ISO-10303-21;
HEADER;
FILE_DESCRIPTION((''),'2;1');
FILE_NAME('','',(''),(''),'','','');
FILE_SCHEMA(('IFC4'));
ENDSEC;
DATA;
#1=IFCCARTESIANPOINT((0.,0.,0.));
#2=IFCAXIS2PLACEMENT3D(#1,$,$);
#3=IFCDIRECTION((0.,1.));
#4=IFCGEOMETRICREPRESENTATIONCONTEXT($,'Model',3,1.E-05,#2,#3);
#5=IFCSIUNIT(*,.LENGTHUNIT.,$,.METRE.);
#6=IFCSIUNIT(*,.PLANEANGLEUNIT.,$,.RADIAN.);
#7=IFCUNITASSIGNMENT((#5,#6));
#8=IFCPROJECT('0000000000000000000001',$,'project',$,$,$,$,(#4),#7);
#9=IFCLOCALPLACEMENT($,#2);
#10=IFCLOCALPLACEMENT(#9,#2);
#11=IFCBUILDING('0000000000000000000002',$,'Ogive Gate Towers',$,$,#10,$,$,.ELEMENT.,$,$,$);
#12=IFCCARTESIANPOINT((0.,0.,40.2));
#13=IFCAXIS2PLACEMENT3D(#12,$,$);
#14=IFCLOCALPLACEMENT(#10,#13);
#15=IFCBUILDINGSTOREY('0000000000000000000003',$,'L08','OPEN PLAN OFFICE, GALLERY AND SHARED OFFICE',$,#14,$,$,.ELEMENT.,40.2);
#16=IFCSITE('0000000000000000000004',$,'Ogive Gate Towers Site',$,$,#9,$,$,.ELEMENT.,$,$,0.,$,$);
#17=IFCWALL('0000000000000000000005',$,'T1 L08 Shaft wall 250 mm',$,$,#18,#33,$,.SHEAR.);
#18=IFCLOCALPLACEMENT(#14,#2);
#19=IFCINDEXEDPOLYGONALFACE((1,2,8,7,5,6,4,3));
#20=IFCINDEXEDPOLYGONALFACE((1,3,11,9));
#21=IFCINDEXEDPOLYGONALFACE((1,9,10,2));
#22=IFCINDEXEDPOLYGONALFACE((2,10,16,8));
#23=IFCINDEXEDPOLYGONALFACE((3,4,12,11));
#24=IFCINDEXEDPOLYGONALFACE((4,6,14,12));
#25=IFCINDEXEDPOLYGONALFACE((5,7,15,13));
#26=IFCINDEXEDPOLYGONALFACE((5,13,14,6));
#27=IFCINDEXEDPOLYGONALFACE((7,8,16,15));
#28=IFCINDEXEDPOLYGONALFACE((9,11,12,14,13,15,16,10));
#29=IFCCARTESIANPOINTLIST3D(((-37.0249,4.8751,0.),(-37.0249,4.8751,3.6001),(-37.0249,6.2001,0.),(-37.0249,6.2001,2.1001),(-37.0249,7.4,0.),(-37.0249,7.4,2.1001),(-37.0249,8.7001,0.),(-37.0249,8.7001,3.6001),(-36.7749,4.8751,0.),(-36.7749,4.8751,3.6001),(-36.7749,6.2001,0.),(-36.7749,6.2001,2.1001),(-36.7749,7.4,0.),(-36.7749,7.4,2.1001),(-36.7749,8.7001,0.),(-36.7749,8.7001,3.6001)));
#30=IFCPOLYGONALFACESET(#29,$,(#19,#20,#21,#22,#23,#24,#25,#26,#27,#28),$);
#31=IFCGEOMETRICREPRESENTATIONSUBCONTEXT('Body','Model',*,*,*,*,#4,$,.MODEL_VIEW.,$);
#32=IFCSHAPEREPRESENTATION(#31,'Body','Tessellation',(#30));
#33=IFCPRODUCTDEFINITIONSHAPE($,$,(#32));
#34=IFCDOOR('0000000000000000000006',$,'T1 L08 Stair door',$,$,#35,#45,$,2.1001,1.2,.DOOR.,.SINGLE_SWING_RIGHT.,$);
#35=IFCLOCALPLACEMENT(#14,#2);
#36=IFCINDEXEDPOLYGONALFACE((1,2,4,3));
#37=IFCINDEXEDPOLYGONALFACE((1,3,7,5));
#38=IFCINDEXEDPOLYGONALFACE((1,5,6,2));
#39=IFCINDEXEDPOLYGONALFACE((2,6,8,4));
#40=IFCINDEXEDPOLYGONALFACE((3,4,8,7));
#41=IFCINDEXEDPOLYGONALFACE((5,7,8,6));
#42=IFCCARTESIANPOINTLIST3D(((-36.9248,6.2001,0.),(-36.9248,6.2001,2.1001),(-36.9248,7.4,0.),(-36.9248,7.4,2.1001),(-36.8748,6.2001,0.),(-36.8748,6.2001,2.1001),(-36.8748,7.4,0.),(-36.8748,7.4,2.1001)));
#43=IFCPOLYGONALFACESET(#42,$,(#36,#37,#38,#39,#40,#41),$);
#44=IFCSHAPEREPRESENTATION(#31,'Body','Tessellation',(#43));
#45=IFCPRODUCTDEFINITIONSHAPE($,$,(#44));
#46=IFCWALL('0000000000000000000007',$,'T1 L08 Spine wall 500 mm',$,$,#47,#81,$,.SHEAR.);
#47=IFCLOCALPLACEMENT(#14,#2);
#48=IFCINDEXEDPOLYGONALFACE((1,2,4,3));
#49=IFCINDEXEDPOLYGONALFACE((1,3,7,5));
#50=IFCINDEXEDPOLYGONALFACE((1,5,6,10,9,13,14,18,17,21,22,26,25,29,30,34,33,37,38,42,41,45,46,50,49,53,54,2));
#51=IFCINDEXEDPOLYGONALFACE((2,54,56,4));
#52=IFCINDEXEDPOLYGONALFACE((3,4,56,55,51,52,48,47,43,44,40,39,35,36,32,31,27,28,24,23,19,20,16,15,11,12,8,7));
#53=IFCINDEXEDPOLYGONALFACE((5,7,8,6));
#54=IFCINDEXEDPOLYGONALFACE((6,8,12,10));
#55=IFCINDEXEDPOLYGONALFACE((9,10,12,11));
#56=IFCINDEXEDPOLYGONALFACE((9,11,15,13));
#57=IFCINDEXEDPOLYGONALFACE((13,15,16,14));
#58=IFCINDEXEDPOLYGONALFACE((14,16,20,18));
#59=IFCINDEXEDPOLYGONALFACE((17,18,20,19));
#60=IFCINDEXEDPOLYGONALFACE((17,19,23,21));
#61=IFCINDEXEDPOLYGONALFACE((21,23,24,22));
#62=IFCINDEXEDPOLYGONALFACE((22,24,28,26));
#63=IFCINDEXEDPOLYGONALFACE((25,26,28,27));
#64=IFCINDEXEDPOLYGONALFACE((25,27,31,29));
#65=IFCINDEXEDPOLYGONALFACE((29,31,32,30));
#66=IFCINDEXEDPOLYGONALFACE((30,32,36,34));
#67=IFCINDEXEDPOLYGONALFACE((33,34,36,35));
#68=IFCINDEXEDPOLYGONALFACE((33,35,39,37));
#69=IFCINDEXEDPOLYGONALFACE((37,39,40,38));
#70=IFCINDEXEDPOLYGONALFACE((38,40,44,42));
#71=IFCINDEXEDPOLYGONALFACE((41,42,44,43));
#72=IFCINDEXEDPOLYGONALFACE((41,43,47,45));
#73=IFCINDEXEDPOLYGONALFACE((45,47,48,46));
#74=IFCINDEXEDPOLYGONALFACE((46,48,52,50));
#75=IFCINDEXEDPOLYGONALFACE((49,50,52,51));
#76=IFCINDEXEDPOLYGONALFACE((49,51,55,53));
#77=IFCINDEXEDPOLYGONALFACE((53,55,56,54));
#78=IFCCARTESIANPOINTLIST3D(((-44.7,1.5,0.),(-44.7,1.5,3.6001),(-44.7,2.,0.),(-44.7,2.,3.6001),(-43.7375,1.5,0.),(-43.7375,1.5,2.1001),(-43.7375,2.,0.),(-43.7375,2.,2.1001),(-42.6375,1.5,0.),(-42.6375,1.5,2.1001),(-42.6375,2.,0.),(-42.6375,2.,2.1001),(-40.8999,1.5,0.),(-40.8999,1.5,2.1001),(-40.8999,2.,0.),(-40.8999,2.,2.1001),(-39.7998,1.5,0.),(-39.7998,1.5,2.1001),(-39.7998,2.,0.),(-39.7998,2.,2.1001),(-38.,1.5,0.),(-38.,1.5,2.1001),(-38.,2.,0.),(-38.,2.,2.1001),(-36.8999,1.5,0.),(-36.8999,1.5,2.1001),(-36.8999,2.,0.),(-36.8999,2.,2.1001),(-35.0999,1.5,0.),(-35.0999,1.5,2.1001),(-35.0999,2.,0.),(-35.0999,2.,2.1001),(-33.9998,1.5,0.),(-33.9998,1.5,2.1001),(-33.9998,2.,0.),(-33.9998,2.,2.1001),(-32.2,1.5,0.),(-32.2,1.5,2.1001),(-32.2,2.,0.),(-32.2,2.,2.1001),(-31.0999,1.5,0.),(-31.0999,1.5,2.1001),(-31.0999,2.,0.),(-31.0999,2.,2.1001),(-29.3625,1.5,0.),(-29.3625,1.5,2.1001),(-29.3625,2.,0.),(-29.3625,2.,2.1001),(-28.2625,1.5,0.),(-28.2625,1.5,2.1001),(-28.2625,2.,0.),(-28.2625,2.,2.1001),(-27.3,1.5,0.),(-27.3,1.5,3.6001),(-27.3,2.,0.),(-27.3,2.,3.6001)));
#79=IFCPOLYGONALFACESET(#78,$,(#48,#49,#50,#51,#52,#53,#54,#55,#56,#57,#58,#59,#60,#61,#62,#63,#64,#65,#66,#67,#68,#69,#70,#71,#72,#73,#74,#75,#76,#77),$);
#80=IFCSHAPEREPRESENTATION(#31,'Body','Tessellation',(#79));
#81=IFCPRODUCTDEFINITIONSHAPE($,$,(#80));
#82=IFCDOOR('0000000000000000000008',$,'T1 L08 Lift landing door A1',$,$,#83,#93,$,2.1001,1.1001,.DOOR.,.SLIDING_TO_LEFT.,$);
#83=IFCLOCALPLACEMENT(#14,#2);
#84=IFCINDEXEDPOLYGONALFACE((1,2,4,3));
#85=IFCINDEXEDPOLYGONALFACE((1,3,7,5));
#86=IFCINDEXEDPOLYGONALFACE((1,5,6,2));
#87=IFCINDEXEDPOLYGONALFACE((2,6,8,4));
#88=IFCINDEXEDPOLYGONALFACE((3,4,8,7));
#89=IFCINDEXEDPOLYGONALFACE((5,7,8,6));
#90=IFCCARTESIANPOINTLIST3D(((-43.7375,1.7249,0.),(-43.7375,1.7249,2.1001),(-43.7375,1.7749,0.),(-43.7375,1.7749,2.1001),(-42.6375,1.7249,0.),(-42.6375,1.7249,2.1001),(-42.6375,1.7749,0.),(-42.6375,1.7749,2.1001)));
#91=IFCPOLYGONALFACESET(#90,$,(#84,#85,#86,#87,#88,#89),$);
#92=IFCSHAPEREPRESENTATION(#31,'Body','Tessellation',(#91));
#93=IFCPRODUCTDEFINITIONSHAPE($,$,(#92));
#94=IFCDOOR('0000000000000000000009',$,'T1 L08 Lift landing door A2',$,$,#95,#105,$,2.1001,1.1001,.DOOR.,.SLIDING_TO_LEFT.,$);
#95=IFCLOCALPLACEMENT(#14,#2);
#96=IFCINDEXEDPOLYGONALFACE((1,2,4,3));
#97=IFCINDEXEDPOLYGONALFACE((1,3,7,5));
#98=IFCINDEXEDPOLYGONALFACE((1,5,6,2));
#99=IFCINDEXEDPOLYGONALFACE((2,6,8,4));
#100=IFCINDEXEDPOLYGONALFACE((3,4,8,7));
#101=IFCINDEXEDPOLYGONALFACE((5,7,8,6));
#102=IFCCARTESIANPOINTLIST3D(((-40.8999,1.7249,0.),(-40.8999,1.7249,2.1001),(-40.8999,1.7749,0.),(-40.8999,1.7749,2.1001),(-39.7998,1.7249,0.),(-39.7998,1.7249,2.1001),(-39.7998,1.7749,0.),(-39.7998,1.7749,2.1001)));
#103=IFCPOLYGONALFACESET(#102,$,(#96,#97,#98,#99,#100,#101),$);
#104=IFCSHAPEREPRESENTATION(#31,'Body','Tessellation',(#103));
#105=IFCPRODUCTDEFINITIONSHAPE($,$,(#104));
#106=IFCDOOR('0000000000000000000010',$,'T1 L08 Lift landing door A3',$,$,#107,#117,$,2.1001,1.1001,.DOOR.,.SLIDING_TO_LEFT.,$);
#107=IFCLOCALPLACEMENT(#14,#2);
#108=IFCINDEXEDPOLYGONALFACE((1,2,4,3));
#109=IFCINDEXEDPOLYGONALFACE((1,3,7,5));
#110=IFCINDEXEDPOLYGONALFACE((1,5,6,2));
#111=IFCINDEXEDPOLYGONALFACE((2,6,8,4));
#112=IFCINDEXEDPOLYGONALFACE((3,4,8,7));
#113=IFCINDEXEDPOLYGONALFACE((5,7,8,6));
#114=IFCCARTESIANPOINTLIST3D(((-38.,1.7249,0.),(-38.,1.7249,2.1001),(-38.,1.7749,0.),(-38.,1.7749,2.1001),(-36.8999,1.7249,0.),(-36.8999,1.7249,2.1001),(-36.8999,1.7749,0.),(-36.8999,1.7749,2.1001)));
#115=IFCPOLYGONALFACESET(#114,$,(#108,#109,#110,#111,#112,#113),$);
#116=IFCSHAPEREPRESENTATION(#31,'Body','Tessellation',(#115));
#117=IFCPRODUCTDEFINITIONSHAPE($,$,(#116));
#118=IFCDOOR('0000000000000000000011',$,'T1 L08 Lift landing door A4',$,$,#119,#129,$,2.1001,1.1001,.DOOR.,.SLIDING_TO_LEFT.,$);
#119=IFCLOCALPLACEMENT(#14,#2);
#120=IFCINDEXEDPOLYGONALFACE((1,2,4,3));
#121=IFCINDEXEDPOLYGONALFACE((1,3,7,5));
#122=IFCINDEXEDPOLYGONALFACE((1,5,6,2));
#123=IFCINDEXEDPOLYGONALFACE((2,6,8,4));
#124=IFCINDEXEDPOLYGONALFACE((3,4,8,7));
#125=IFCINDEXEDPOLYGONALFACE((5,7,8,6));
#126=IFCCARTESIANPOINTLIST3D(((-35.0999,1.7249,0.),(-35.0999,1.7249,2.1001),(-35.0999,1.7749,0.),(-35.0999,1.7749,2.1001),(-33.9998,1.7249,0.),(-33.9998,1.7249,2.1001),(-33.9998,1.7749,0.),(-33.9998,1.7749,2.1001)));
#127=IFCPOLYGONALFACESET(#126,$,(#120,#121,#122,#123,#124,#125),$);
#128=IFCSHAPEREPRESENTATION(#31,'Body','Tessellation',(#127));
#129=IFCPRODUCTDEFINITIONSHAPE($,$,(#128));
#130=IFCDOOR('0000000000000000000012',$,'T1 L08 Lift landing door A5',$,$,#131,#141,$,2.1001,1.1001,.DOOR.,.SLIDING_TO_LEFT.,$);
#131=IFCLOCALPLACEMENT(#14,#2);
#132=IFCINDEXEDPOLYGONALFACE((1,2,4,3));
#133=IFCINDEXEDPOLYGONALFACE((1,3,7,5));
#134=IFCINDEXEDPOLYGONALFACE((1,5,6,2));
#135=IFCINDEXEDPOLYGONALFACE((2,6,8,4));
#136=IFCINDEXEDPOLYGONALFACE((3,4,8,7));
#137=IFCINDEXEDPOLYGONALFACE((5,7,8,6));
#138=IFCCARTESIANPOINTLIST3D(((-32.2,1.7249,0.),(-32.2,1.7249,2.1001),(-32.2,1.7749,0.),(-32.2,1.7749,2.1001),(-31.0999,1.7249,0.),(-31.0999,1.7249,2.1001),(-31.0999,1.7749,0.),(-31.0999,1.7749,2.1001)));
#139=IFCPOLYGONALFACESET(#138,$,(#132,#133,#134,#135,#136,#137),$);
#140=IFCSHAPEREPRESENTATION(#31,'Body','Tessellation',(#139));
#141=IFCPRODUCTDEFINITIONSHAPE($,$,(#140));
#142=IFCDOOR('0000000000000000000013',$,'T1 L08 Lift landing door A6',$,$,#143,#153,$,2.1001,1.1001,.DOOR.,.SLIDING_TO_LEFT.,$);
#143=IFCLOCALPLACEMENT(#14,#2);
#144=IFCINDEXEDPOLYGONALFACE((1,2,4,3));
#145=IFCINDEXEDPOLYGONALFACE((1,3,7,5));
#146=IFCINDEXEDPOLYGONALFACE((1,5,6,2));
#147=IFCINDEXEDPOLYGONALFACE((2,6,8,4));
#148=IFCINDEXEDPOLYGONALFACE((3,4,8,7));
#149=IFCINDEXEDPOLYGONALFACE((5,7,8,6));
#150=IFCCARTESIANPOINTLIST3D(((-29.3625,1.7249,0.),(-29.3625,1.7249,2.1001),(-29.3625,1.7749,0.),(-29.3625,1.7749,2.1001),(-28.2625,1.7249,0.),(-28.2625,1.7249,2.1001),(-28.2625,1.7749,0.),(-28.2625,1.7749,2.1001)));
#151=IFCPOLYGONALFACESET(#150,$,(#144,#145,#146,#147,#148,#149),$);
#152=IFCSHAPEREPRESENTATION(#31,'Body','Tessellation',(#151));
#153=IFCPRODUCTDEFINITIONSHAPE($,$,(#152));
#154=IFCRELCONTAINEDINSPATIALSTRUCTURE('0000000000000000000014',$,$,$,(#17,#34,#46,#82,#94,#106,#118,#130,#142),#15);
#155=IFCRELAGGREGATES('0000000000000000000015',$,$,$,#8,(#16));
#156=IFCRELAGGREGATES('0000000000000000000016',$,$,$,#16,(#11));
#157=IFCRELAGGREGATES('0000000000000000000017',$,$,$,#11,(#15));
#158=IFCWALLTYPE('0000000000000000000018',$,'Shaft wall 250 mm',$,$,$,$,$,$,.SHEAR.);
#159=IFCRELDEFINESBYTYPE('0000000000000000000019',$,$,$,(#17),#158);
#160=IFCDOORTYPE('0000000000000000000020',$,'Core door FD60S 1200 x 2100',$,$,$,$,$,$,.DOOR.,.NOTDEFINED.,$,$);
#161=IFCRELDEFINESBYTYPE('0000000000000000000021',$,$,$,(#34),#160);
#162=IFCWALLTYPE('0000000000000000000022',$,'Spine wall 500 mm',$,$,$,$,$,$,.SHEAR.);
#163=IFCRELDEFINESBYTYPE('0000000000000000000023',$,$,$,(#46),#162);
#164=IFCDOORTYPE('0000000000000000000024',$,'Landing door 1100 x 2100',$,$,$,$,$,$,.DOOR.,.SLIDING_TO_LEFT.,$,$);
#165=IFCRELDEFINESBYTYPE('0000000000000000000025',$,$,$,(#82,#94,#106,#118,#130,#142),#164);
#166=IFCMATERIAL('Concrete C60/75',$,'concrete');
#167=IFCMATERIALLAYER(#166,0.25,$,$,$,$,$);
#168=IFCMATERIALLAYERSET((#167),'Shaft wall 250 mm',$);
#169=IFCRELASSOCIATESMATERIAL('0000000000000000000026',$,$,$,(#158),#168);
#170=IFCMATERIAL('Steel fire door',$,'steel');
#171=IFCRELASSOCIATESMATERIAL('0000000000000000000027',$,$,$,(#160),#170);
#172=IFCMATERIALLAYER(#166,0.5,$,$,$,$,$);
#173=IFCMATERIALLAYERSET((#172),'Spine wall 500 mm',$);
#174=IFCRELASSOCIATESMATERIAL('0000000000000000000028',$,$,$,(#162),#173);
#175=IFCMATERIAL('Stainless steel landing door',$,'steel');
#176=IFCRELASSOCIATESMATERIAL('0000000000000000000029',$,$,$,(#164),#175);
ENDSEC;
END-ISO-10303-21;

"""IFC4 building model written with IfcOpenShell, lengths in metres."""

from ifc_helpers import new_model, si_unit, direction, frame, frame_2d, origin, place, context, subcontext, project, spatial, rectangle, extrude, material, layer, layer_set, type_object, element, fill, save


model = new_model("IFC4")

# Units and contexts
model_context = context("Model", 3, precision=1e-05, world=origin(), true_north=direction((0.0, 1.0)))
body_context = subcontext(model_context, "Body", "Model", "MODEL_VIEW")
ifc_project = project(units=[si_unit("LENGTHUNIT", "METRE"), si_unit("PLANEANGLEUNIT", "RADIAN")], contexts=[model_context])

# Site, building, storey
site_placement = place(None, origin())
site = spatial("IfcSite", under=ifc_project, at=site_placement, Name="Ogive Gate Towers Site", CompositionType="ELEMENT", RefElevation=0.0)
building_placement = place(site_placement, origin())
building = spatial("IfcBuilding", under=site, at=building_placement, Name="Ogive Gate Towers", CompositionType="ELEMENT")
storey_placement = place(building_placement, frame((0.0, 0.0, 40.2)))
storey = spatial("IfcBuildingStorey", under=building, at=storey_placement, Name="L08", Description="OPEN PLAN OFFICE, GALLERY AND SHARED OFFICE", CompositionType="ELEMENT", Elevation=40.2)

# Shared definitions
ifc_material_1 = material(Name="Concrete C60/75", Category="concrete")
ifc_layer_1 = layer(ifc_material_1, 0.25)
ifc_layer_set_1 = layer_set([ifc_layer_1], Name="Shaft wall 250 mm")
wall_type_1 = type_object("IfcWallType", Name="Shaft wall 250 mm", PredefinedType="SHEAR", material=ifc_layer_set_1)

# Wall, opening, door
wall_1_placement = place(storey_placement, frame((-36.8999, 4.875, 0.0), z_axis=(0.0, 0.0, 1.0), x_axis=(0.0, 1.0, 0.0)))
wall_1 = element("IfcWall", 1, at=wall_1_placement, inside=storey, type_object=wall_type_1, Name="T1 L08 Shaft wall 250 mm", PredefinedType="SHEAR", context=body_context, shape_type="SweptSolid", body=[
    extrude(rectangle(XDim=3.825, YDim=0.25, at=frame_2d((1.9126, 0.0))), origin(), (0.0, 0.0, 1.0), 3.6001),
])
opening_1_placement = place(wall_1_placement, frame((1.325, 0.0, 0.0)))
opening_1 = element("IfcOpeningElement", 2, at=opening_1_placement, cuts=wall_1, PredefinedType="OPENING", context=body_context, shape_type="SweptSolid", body=[
    extrude(rectangle(XDim=1.2, YDim=2.1001, at=frame_2d((0.6001, 1.05))), frame((0.0, 0.135, 0.0), z_axis=(0.0, -1.0, 0.0), x_axis=(1.0, 0.0, 0.0)), (0.0, 0.0, 1.0), 0.27),
])
ifc_material_2 = material(Name="Steel fire door", Category="steel")
door_type_1 = type_object("IfcDoorType", Name="Core door FD60S 1200 x 2100", OperationType="NOTDEFINED", PredefinedType="DOOR", material=ifc_material_2)
door_1_placement = place(opening_1_placement, origin())
door_1 = element("IfcDoor", 3, at=door_1_placement, inside=storey, type_object=door_type_1, Name="T1 L08 Stair door", OperationType="SINGLE_SWING_RIGHT", OverallHeight=2.1001, OverallWidth=1.2, PredefinedType="DOOR", context=body_context, shape_type="SweptSolid", body=[
    extrude(rectangle(XDim=1.2, YDim=2.1001, at=frame_2d((0.6001, 1.05))), frame((0.0, 0.0249, 0.0), z_axis=(0.0, -1.0, 0.0), x_axis=(1.0, 0.0, 0.0)), (0.0, 0.0, 1.0), 0.05),
])
fill(opening_1, door_1)

# Wall, openings, doors
ifc_layer_2 = layer(ifc_material_1, 0.5)
ifc_layer_set_2 = layer_set([ifc_layer_2], Name="Spine wall 500 mm")
wall_type_2 = type_object("IfcWallType", Name="Spine wall 500 mm", PredefinedType="SHEAR", material=ifc_layer_set_2)
wall_2_placement = place(storey_placement, frame((-44.7, 1.75, 0.0), z_axis=(0.0, 0.0, 1.0), x_axis=(1.0, 0.0, 0.0)))
wall_2 = element("IfcWall", 4, at=wall_2_placement, inside=storey, type_object=wall_type_2, Name="T1 L08 Spine wall 500 mm", PredefinedType="SHEAR", context=body_context, shape_type="SweptSolid", body=[
    extrude(rectangle(XDim=17.3999, YDim=0.5, at=frame_2d((8.7, 0.0))), origin(), (0.0, 0.0, 1.0), 3.6001),
])
opening_2_placement = place(wall_2_placement, frame((0.9624, 0.0, 0.0)))
opening_2 = element("IfcOpeningElement", 5, at=opening_2_placement, cuts=wall_2, PredefinedType="OPENING", context=body_context, shape_type="SweptSolid", body=[
    extrude(rectangle(XDim=1.1001, YDim=2.1001, at=frame_2d((0.55, 1.05))), frame((0.0, 0.26, 0.0), z_axis=(0.0, -1.0, 0.0), x_axis=(1.0, 0.0, 0.0)), (0.0, 0.0, 1.0), 0.52),
])
opening_3_placement = place(wall_2_placement, frame((3.8, 0.0, 0.0)))
opening_3 = element("IfcOpeningElement", 6, at=opening_3_placement, cuts=wall_2, PredefinedType="OPENING", context=body_context, shape_type="SweptSolid", body=[
    extrude(rectangle(XDim=1.1001, YDim=2.1001, at=frame_2d((0.55, 1.05))), frame((0.0, 0.26, 0.0), z_axis=(0.0, -1.0, 0.0), x_axis=(1.0, 0.0, 0.0)), (0.0, 0.0, 1.0), 0.52),
])
opening_4_placement = place(wall_2_placement, frame((6.7, 0.0, 0.0)))
opening_4 = element("IfcOpeningElement", 7, at=opening_4_placement, cuts=wall_2, PredefinedType="OPENING", context=body_context, shape_type="SweptSolid", body=[
    extrude(rectangle(XDim=1.1001, YDim=2.1001, at=frame_2d((0.55, 1.05))), frame((0.0, 0.26, 0.0), z_axis=(0.0, -1.0, 0.0), x_axis=(1.0, 0.0, 0.0)), (0.0, 0.0, 1.0), 0.52),
])
opening_5_placement = place(wall_2_placement, frame((9.6001, 0.0, 0.0)))
opening_5 = element("IfcOpeningElement", 8, at=opening_5_placement, cuts=wall_2, PredefinedType="OPENING", context=body_context, shape_type="SweptSolid", body=[
    extrude(rectangle(XDim=1.1001, YDim=2.1001, at=frame_2d((0.55, 1.05))), frame((0.0, 0.26, 0.0), z_axis=(0.0, -1.0, 0.0), x_axis=(1.0, 0.0, 0.0)), (0.0, 0.0, 1.0), 0.52),
])
opening_6_placement = place(wall_2_placement, frame((12.5, 0.0, 0.0)))
opening_6 = element("IfcOpeningElement", 9, at=opening_6_placement, cuts=wall_2, PredefinedType="OPENING", context=body_context, shape_type="SweptSolid", body=[
    extrude(rectangle(XDim=1.1001, YDim=2.1001, at=frame_2d((0.55, 1.05))), frame((0.0, 0.26, 0.0), z_axis=(0.0, -1.0, 0.0), x_axis=(1.0, 0.0, 0.0)), (0.0, 0.0, 1.0), 0.52),
])
opening_7_placement = place(wall_2_placement, frame((15.3374, 0.0, 0.0)))
opening_7 = element("IfcOpeningElement", 10, at=opening_7_placement, cuts=wall_2, PredefinedType="OPENING", context=body_context, shape_type="SweptSolid", body=[
    extrude(rectangle(XDim=1.1001, YDim=2.1001, at=frame_2d((0.55, 1.05))), frame((0.0, 0.26, 0.0), z_axis=(0.0, -1.0, 0.0), x_axis=(1.0, 0.0, 0.0)), (0.0, 0.0, 1.0), 0.52),
])
ifc_material_3 = material(Name="Stainless steel landing door", Category="steel")
door_type_2 = type_object("IfcDoorType", Name="Landing door 1100 x 2100", OperationType="SLIDING_TO_LEFT", PredefinedType="DOOR", material=ifc_material_3)
door_2_placement = place(opening_2_placement, origin())
door_2 = element("IfcDoor", 11, at=door_2_placement, inside=storey, type_object=door_type_2, Name="T1 L08 Lift landing door A1", OperationType="SLIDING_TO_LEFT", OverallHeight=2.1001, OverallWidth=1.1001, PredefinedType="DOOR", context=body_context, shape_type="SweptSolid", body=[
    extrude(rectangle(XDim=1.1001, YDim=2.1001, at=frame_2d((0.55, 1.05))), frame((0.0, 0.0249, 0.0), z_axis=(0.0, -1.0, 0.0), x_axis=(1.0, 0.0, 0.0)), (0.0, 0.0, 1.0), 0.05),
])
fill(opening_2, door_2)
door_3_placement = place(opening_3_placement, origin())
door_3 = element("IfcDoor", 12, at=door_3_placement, inside=storey, type_object=door_type_2, Name="T1 L08 Lift landing door A2", OperationType="SLIDING_TO_LEFT", OverallHeight=2.1001, OverallWidth=1.1001, PredefinedType="DOOR", context=body_context, shape_type="SweptSolid", body=[
    extrude(rectangle(XDim=1.1001, YDim=2.1001, at=frame_2d((0.55, 1.05))), frame((0.0, 0.0249, 0.0), z_axis=(0.0, -1.0, 0.0), x_axis=(1.0, 0.0, 0.0)), (0.0, 0.0, 1.0), 0.05),
])
fill(opening_3, door_3)
door_4_placement = place(opening_4_placement, origin())
door_4 = element("IfcDoor", 13, at=door_4_placement, inside=storey, type_object=door_type_2, Name="T1 L08 Lift landing door A3", OperationType="SLIDING_TO_LEFT", OverallHeight=2.1001, OverallWidth=1.1001, PredefinedType="DOOR", context=body_context, shape_type="SweptSolid", body=[
    extrude(rectangle(XDim=1.1001, YDim=2.1001, at=frame_2d((0.55, 1.05))), frame((0.0, 0.0249, 0.0), z_axis=(0.0, -1.0, 0.0), x_axis=(1.0, 0.0, 0.0)), (0.0, 0.0, 1.0), 0.05),
])
fill(opening_4, door_4)
door_5_placement = place(opening_5_placement, origin())
door_5 = element("IfcDoor", 14, at=door_5_placement, inside=storey, type_object=door_type_2, Name="T1 L08 Lift landing door A4", OperationType="SLIDING_TO_LEFT", OverallHeight=2.1001, OverallWidth=1.1001, PredefinedType="DOOR", context=body_context, shape_type="SweptSolid", body=[
    extrude(rectangle(XDim=1.1001, YDim=2.1001, at=frame_2d((0.55, 1.05))), frame((0.0, 0.0249, 0.0), z_axis=(0.0, -1.0, 0.0), x_axis=(1.0, 0.0, 0.0)), (0.0, 0.0, 1.0), 0.05),
])
fill(opening_5, door_5)
door_6_placement = place(opening_6_placement, origin())
door_6 = element("IfcDoor", 15, at=door_6_placement, inside=storey, type_object=door_type_2, Name="T1 L08 Lift landing door A5", OperationType="SLIDING_TO_LEFT", OverallHeight=2.1001, OverallWidth=1.1001, PredefinedType="DOOR", context=body_context, shape_type="SweptSolid", body=[
    extrude(rectangle(XDim=1.1001, YDim=2.1001, at=frame_2d((0.55, 1.05))), frame((0.0, 0.0249, 0.0), z_axis=(0.0, -1.0, 0.0), x_axis=(1.0, 0.0, 0.0)), (0.0, 0.0, 1.0), 0.05),
])
fill(opening_6, door_6)
door_7_placement = place(opening_7_placement, origin())
door_7 = element("IfcDoor", 16, at=door_7_placement, inside=storey, type_object=door_type_2, Name="T1 L08 Lift landing door A6", OperationType="SLIDING_TO_LEFT", OverallHeight=2.1001, OverallWidth=1.1001, PredefinedType="DOOR", context=body_context, shape_type="SweptSolid", body=[
    extrude(rectangle(XDim=1.1001, YDim=2.1001, at=frame_2d((0.55, 1.05))), frame((0.0, 0.0249, 0.0), z_axis=(0.0, -1.0, 0.0), x_axis=(1.0, 0.0, 0.0)), (0.0, 0.0, 1.0), 0.05),
])
fill(opening_7, door_7)

save(model, "model.ifc")
